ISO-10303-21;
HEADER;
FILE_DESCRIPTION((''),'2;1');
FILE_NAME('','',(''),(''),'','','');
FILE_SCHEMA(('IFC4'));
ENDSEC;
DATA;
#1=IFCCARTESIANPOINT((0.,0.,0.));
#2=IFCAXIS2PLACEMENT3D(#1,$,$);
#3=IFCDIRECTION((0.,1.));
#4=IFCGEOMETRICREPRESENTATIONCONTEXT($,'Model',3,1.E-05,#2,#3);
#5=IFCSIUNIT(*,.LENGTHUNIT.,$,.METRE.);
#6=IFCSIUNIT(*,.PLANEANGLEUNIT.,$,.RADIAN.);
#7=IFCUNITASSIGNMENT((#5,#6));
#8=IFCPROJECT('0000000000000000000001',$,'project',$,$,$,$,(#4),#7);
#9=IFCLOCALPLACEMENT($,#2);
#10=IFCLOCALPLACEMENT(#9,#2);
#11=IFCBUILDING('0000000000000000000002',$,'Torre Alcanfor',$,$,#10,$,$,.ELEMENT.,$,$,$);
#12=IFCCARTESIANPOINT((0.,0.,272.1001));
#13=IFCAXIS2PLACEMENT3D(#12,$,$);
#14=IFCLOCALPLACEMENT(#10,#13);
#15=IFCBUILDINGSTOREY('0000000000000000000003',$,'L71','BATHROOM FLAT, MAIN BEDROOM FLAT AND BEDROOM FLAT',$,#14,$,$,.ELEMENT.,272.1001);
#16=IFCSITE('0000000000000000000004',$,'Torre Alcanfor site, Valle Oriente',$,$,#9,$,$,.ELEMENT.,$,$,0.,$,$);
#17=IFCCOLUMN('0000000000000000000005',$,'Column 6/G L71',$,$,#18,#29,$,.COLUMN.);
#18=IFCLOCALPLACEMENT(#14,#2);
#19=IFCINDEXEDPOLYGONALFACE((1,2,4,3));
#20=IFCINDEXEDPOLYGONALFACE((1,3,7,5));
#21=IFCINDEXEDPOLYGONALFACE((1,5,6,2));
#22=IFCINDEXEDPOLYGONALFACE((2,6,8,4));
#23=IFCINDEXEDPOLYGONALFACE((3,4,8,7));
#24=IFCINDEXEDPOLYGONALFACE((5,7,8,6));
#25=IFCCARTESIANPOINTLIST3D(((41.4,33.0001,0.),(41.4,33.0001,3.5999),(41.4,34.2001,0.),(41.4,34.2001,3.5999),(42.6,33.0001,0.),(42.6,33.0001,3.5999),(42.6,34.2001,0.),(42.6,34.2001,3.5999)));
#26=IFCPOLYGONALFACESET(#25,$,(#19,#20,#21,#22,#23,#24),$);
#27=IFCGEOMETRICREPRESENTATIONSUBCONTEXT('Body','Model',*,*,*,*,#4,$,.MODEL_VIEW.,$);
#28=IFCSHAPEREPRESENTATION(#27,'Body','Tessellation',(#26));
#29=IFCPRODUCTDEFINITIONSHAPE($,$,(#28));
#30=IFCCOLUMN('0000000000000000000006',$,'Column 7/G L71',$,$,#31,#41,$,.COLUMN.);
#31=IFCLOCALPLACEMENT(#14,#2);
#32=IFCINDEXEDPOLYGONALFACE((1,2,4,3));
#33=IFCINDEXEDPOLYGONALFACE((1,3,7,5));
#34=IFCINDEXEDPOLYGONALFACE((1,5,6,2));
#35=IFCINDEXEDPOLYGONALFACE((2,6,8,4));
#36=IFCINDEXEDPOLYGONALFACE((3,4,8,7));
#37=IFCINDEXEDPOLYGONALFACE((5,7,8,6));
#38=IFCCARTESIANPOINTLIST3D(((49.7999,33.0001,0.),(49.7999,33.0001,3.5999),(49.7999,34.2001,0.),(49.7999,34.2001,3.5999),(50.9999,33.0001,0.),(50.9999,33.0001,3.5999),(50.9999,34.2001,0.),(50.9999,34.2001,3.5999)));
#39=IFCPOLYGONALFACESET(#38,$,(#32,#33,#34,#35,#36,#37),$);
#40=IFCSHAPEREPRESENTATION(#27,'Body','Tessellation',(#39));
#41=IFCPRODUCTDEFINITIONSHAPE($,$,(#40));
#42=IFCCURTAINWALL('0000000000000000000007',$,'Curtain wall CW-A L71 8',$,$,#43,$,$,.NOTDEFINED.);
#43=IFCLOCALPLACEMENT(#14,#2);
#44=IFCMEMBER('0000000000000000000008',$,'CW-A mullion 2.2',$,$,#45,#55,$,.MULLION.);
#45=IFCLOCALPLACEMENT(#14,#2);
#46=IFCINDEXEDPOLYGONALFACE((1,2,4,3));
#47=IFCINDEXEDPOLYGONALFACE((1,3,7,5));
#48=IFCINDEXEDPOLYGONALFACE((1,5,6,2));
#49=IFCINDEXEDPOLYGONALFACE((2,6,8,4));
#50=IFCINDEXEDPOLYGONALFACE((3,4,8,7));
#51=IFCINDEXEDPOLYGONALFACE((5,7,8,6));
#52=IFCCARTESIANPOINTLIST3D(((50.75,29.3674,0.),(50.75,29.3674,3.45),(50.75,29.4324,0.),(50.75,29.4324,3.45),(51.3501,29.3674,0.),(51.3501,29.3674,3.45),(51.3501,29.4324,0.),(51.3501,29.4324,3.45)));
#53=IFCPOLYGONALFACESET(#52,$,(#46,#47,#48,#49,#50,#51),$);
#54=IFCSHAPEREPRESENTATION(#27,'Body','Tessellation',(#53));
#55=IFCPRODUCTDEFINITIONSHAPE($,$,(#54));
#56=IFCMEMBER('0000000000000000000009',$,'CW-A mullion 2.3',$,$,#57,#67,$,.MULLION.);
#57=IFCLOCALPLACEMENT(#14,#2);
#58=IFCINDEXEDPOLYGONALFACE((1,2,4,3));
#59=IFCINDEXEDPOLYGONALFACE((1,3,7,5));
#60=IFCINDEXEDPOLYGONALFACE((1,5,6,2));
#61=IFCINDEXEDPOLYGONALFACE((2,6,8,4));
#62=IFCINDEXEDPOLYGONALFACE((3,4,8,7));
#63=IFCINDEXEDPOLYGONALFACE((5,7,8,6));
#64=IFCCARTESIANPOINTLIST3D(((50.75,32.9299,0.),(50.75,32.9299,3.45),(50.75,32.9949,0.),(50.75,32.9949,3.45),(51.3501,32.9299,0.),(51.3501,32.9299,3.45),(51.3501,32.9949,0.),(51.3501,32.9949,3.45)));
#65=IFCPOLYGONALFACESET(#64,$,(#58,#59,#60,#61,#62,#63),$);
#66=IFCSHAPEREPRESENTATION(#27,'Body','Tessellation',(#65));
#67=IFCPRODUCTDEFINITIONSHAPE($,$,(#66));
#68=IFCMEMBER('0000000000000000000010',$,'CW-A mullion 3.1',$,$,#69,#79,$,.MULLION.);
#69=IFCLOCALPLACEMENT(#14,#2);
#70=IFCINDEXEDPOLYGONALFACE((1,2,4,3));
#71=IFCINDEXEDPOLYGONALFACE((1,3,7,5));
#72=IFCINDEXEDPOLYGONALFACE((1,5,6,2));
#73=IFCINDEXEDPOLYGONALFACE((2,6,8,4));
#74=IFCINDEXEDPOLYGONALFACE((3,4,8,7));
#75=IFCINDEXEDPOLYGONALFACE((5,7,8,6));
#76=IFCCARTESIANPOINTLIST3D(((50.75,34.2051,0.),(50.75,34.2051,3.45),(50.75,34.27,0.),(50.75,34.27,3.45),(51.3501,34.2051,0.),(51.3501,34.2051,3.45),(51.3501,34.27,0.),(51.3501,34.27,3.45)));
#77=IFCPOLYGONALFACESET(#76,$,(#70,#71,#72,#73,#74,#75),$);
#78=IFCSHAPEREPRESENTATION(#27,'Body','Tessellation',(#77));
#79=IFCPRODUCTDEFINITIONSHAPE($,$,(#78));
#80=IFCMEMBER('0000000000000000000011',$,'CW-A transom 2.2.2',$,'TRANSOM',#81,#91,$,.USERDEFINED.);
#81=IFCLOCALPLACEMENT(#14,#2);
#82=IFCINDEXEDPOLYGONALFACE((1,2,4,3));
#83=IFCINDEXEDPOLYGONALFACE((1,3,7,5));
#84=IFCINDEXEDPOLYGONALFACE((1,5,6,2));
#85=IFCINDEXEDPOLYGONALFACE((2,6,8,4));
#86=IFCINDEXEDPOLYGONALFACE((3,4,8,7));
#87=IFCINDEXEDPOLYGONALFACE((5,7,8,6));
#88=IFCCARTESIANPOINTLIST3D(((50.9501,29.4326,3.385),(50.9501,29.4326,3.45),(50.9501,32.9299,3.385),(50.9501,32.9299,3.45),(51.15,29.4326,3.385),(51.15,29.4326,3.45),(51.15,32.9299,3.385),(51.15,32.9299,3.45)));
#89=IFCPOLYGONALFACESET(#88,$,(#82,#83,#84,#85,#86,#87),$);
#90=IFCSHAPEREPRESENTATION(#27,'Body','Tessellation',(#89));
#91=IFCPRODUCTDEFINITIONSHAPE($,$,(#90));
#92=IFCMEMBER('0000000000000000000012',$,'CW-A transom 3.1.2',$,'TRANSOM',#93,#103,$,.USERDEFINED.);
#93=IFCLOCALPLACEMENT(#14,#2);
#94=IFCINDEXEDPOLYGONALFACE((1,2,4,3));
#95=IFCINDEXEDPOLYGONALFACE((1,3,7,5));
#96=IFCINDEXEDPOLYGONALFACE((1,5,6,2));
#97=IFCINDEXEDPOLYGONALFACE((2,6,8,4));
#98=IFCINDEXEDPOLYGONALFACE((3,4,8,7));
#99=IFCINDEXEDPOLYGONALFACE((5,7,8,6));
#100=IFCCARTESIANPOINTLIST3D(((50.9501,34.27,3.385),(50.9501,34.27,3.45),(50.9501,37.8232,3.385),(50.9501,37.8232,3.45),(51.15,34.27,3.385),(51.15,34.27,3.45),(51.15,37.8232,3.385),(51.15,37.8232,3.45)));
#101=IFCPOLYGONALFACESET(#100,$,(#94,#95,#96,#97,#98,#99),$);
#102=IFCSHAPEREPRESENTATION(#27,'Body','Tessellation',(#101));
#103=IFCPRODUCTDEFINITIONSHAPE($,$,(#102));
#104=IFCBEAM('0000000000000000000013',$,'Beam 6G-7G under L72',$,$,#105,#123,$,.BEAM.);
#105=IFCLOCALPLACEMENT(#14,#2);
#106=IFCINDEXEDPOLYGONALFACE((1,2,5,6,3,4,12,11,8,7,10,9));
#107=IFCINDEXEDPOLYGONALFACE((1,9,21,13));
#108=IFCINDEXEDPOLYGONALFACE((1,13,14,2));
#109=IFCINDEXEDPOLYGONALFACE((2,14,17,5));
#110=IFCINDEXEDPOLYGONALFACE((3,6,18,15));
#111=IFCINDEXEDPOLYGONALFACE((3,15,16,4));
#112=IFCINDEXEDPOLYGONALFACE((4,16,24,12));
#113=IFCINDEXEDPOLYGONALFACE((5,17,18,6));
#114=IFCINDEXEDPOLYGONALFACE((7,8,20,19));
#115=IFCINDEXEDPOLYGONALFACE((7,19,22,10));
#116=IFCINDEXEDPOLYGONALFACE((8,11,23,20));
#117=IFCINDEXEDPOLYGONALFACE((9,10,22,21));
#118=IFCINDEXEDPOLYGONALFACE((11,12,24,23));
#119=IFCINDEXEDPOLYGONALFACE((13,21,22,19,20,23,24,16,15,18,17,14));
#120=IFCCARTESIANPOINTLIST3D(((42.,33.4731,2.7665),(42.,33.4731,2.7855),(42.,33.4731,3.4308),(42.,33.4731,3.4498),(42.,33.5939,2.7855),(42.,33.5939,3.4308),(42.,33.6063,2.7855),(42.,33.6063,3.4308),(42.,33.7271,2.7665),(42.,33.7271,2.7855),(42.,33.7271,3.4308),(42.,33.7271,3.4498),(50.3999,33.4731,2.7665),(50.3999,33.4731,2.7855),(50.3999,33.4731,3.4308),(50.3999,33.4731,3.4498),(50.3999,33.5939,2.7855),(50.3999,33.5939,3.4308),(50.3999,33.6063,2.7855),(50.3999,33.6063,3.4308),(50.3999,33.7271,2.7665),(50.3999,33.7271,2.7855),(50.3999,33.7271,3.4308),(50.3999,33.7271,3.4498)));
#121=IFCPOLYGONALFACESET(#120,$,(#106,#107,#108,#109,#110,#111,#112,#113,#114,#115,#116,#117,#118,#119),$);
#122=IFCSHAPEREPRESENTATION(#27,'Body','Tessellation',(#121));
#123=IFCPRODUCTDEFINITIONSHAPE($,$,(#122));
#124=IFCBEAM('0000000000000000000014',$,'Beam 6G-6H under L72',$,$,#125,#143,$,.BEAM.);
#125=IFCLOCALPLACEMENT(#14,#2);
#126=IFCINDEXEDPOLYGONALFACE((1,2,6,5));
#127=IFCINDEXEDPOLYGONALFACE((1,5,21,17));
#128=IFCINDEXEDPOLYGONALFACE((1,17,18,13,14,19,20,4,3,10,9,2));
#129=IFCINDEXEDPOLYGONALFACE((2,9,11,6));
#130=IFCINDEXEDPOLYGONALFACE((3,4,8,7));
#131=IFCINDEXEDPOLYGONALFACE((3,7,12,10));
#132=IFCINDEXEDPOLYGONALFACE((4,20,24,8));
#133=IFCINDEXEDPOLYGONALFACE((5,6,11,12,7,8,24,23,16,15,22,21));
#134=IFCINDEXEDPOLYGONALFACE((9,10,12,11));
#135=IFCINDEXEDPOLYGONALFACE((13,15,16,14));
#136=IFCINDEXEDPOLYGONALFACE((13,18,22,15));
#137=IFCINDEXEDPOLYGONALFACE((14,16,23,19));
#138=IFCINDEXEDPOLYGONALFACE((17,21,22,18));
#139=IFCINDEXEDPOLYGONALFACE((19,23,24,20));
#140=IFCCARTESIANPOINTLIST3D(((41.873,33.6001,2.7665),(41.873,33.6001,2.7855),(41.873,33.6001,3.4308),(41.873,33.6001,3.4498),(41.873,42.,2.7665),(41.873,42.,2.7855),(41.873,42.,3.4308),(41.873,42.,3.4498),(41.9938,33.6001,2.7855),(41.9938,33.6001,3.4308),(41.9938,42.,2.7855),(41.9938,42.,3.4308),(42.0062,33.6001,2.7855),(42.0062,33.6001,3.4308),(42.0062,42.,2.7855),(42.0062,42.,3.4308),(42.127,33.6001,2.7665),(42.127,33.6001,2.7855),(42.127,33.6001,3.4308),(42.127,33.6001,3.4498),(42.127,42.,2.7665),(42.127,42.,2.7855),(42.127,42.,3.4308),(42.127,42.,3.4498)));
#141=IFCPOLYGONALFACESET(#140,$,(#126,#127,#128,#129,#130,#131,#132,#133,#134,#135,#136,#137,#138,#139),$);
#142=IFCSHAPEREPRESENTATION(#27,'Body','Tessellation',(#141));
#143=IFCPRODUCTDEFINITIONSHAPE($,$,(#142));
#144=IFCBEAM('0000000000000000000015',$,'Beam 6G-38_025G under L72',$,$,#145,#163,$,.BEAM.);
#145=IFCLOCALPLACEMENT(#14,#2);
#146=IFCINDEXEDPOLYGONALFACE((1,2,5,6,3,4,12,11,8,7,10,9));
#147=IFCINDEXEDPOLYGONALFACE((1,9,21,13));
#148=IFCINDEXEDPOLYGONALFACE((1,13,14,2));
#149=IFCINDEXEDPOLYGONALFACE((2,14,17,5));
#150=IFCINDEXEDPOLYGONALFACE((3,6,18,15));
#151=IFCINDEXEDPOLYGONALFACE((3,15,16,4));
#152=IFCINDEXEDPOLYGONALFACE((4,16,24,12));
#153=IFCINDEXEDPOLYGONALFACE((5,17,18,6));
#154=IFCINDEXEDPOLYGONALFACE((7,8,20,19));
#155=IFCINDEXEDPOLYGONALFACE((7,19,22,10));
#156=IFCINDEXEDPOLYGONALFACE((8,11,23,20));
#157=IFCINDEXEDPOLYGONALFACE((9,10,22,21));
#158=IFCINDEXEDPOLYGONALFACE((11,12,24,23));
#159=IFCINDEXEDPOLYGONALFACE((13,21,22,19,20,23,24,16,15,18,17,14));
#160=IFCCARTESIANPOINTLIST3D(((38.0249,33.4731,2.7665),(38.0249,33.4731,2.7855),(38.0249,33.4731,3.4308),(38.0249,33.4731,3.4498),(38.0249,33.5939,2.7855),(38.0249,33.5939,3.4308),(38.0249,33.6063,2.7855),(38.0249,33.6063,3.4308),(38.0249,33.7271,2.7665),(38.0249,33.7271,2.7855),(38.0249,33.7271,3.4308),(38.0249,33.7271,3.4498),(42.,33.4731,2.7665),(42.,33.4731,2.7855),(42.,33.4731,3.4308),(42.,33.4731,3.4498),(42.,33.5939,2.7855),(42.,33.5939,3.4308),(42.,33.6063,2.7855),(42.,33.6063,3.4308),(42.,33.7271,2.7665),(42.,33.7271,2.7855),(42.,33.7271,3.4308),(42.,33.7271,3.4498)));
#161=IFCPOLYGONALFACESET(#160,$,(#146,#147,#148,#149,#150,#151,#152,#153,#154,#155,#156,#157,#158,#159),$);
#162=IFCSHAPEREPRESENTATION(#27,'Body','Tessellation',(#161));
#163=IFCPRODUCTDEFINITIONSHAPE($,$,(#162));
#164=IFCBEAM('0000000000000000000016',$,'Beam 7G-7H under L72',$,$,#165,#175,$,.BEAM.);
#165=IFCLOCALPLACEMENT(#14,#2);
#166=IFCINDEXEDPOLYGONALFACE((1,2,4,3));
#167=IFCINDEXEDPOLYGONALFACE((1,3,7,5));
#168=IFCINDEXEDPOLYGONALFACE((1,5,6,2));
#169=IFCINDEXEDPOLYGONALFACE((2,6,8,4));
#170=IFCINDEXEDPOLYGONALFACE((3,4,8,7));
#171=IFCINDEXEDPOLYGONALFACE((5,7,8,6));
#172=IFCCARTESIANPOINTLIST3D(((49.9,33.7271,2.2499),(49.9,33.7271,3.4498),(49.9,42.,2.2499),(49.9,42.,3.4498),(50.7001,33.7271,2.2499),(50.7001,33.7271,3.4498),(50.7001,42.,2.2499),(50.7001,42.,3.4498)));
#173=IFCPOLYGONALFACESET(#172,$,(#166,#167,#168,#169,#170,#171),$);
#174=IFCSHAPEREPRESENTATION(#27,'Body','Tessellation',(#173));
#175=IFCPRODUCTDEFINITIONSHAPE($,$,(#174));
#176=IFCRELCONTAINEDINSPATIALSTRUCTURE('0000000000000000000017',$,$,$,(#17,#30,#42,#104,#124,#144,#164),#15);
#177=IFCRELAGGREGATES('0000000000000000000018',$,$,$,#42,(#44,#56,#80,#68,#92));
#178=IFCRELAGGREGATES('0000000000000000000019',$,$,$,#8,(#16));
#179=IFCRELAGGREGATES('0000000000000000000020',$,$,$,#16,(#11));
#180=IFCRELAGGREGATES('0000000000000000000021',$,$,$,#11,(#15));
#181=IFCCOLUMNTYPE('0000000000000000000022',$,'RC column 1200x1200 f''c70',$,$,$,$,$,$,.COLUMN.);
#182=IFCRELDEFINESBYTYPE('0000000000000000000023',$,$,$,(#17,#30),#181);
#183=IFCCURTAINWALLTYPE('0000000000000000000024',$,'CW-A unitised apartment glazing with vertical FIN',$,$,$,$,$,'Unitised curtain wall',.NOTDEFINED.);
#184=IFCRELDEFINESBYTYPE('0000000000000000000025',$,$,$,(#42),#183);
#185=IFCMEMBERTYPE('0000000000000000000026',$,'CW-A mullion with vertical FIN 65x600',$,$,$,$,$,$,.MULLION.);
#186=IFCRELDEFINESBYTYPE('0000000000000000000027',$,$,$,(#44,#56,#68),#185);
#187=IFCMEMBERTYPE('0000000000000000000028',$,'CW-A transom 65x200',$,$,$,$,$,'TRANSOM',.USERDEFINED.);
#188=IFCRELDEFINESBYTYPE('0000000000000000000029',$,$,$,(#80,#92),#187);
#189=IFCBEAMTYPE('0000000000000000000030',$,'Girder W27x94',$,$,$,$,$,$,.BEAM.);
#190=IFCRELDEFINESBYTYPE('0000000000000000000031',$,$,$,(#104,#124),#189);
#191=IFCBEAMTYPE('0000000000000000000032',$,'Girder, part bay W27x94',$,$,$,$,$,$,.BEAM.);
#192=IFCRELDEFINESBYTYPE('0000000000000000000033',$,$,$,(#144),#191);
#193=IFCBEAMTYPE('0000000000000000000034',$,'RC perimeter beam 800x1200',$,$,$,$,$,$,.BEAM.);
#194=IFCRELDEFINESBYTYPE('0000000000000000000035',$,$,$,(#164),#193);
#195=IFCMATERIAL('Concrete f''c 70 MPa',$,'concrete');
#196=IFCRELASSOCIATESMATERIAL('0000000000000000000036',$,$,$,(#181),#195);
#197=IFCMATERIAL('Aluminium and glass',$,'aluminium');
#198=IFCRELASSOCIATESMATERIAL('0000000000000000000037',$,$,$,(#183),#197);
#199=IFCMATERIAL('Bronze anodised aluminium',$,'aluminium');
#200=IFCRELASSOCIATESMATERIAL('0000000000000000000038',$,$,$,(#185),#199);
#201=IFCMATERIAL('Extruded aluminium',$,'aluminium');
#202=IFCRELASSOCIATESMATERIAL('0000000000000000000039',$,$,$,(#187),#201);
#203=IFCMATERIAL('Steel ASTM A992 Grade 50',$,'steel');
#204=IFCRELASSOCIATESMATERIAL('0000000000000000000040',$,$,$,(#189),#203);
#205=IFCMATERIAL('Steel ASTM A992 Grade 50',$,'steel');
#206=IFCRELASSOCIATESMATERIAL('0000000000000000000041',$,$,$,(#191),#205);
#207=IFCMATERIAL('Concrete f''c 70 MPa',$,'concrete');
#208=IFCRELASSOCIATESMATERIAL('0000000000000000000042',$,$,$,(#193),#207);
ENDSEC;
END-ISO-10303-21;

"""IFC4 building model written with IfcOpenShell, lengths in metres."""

from ifc_helpers import new_model, si_unit, direction, frame, origin, origin_2d, place, context, subcontext, project, spatial, rectangle, i_section, extrude, material, material_profile, profile_set, type_object, element, aggregate, save


model = new_model("IFC4")

# Units and contexts
model_context = context("Model", 3, precision=1e-05, world=origin(), true_north=direction((0.0, 1.0)))
body_context = subcontext(model_context, "Body", "Model", "MODEL_VIEW")
ifc_project = project(units=[si_unit("LENGTHUNIT", "METRE"), si_unit("PLANEANGLEUNIT", "RADIAN")], contexts=[model_context])

# Site, building, storey
site_placement = place(None, origin())
site = spatial("IfcSite", under=ifc_project, at=site_placement, Name="Torre Alcanfor site, Valle Oriente", CompositionType="ELEMENT", RefElevation=0.0)
building_placement = place(site_placement, origin())
building = spatial("IfcBuilding", under=site, at=building_placement, Name="Torre Alcanfor", CompositionType="ELEMENT")
storey_placement = place(building_placement, frame((0.0, 0.0, 272.1001)))
storey = spatial("IfcBuildingStorey", under=building, at=storey_placement, Name="L71", Description="BATHROOM FLAT, MAIN BEDROOM FLAT AND BEDROOM FLAT", CompositionType="ELEMENT", Elevation=272.1001)

# Columns
ifc_material_1 = material(Name="Concrete f'c 70 MPa", Category="concrete")
ifc_material_profile_1 = material_profile(ifc_material_1, rectangle(XDim=1.2, YDim=1.2, at=origin_2d()), Name="1200x1200")
ifc_profile_set_1 = profile_set([ifc_material_profile_1], Name="Concrete f'c 70 MPa")
column_type = type_object("IfcColumnType", Name="RC column 1200x1200 f'c70", PredefinedType="COLUMN", material=ifc_profile_set_1)
for number, where, z_axis, x_axis, name in (
    (1, (42.0, 33.6001, 0.0), (0.0, 0.0, 1.0), (1.0, 0.0, 0.0), "Column 6/G L71"),
    (2, (50.3999, 33.6001, 0.0), (0.0, 0.0, 1.0), (1.0, 0.0, 0.0), "Column 7/G L71"),
):
    element("IfcColumn", number, at=place(storey_placement, frame(where, z_axis=z_axis, x_axis=x_axis)), inside=storey, type_object=column_type, Name=name, PredefinedType="COLUMN", context=body_context, shape_type="SweptSolid", body=[
        extrude(rectangle(XDim=1.2, YDim=1.2, at=origin_2d()), origin(), (0.0, 0.0, 1.0), 3.5999),
    ])

# Curtain wall, members
ifc_material_2 = material(Name="Aluminium and glass", Category="aluminium")
curtain_wall_type = type_object("IfcCurtainWallType", Name="CW-A unitised apartment glazing with vertical FIN", ElementType="Unitised curtain wall", PredefinedType="NOTDEFINED", material=ifc_material_2)
curtain_wall_placement = place(storey_placement, origin())
curtain_wall = element("IfcCurtainWall", 3, at=curtain_wall_placement, inside=storey, type_object=curtain_wall_type, Name="Curtain wall CW-A L71 8", PredefinedType="NOTDEFINED")
ifc_material_3 = material(Name="Bronze anodised aluminium", Category="aluminium")
ifc_material_profile_2 = material_profile(ifc_material_3, rectangle(XDim=0.6001, YDim=0.0649, at=origin_2d()), Name="CW-A mullion 65x600")
ifc_profile_set_2 = profile_set([ifc_material_profile_2], Name="Bronze anodised aluminium")
member_type_1 = type_object("IfcMemberType", Name="CW-A mullion with vertical FIN 65x600", PredefinedType="MULLION", material=ifc_profile_set_2)
member_1_placement = place(storey_placement, frame((51.05, 29.3999, 0.0), z_axis=(0.0, 0.0, 1.0), x_axis=(-1.0, 0.0, 0.0)))
member_1 = element("IfcMember", 4, at=member_1_placement, type_object=member_type_1, Name="CW-A mullion 2.2", PredefinedType="MULLION", context=body_context, shape_type="SweptSolid", body=[
    extrude(rectangle(XDim=0.6001, YDim=0.0649, at=origin_2d()), origin(), (0.0, 0.0, 1.0), 3.45),
])
member_2_placement = place(storey_placement, frame((51.05, 32.9624, 0.0), z_axis=(0.0, 0.0, 1.0), x_axis=(-1.0, 0.0, 0.0)))
member_2 = element("IfcMember", 5, at=member_2_placement, type_object=member_type_1, Name="CW-A mullion 2.3", PredefinedType="MULLION", context=body_context, shape_type="SweptSolid", body=[
    extrude(rectangle(XDim=0.6001, YDim=0.0649, at=origin_2d()), origin(), (0.0, 0.0, 1.0), 3.45),
])
member_3_placement = place(storey_placement, frame((51.05, 34.2375, 0.0), z_axis=(0.0, 0.0, 1.0), x_axis=(-1.0, 0.0, 0.0)))
member_3 = element("IfcMember", 6, at=member_3_placement, type_object=member_type_1, Name="CW-A mullion 3.1", PredefinedType="MULLION", context=body_context, shape_type="SweptSolid", body=[
    extrude(rectangle(XDim=0.6001, YDim=0.0649, at=origin_2d()), origin(), (0.0, 0.0, 1.0), 3.45),
])
ifc_material_4 = material(Name="Extruded aluminium", Category="aluminium")
ifc_material_profile_3 = material_profile(ifc_material_4, rectangle(XDim=0.2, YDim=0.0649, at=origin_2d()), Name="CW-A transom 200x65")
ifc_profile_set_3 = profile_set([ifc_material_profile_3], Name="Extruded aluminium")
member_type_2 = type_object("IfcMemberType", Name="CW-A transom 65x200", ElementType="TRANSOM", PredefinedType="USERDEFINED", material=ifc_profile_set_3)
member_4_placement = place(storey_placement, frame((51.05, 29.4326, 3.4175), z_axis=(0.0, 1.0, 0.0), x_axis=(-1.0, 0.0, 0.0)))
member_4 = element("IfcMember", 7, at=member_4_placement, type_object=member_type_2, Name="CW-A transom 2.2.2", ObjectType="TRANSOM", PredefinedType="USERDEFINED", context=body_context, shape_type="SweptSolid", body=[
    extrude(rectangle(XDim=0.2, YDim=0.0649, at=origin_2d()), origin(), (0.0, 0.0, 1.0), 3.4973),
])
member_5_placement = place(storey_placement, frame((51.05, 34.27, 3.4175), z_axis=(0.0, 1.0, 0.0), x_axis=(-1.0, 0.0, 0.0)))
member_5 = element("IfcMember", 8, at=member_5_placement, type_object=member_type_2, Name="CW-A transom 3.1.2", ObjectType="TRANSOM", PredefinedType="USERDEFINED", context=body_context, shape_type="SweptSolid", body=[
    extrude(rectangle(XDim=0.2, YDim=0.0649, at=origin_2d()), origin(), (0.0, 0.0, 1.0), 3.5532),
])

# Beams
ifc_material_5 = material(Name="Steel ASTM A992 Grade 50", Category="steel")
ifc_material_profile_4 = material_profile(ifc_material_5, i_section(OverallWidth=0.2539, OverallDepth=0.6833, WebThickness=0.0125, FlangeThickness=0.019, at=origin_2d()), Name="W27x94")
ifc_profile_set_4 = profile_set([ifc_material_profile_4], Name="Steel ASTM A992 Grade 50")
beam_type_1 = type_object("IfcBeamType", Name="Girder W27x94", PredefinedType="BEAM", material=ifc_profile_set_4)
for number, where, z_axis, x_axis, name in (
    (9, (42.0, 33.6001, 3.1082), (1.0, 0.0, 0.0), (0.0, 1.0, 0.0), "Beam 6G-7G under L72"),
    (10, (42.0, 33.6001, 3.1082), (0.0, 1.0, 0.0), (-1.0, 0.0, 0.0), "Beam 6G-6H under L72"),
):
    element("IfcBeam", number, at=place(storey_placement, frame(where, z_axis=z_axis, x_axis=x_axis)), inside=storey, type_object=beam_type_1, Name=name, PredefinedType="BEAM", context=body_context, shape_type="SweptSolid", body=[
        extrude(i_section(OverallWidth=0.2539, OverallDepth=0.6833, WebThickness=0.0125, FlangeThickness=0.019, at=origin_2d()), origin(), (0.0, 0.0, 1.0), 8.3999),
    ])
ifc_material_6 = material(Name="Steel ASTM A992 Grade 50", Category="steel")
ifc_material_profile_5 = material_profile(ifc_material_6, i_section(OverallWidth=0.2539, OverallDepth=0.6833, WebThickness=0.0125, FlangeThickness=0.019, at=origin_2d()), Name="W27x94")
ifc_profile_set_5 = profile_set([ifc_material_profile_5], Name="Steel ASTM A992 Grade 50")
beam_type_2 = type_object("IfcBeamType", Name="Girder, part bay W27x94", PredefinedType="BEAM", material=ifc_profile_set_5)
beam_1_placement = place(storey_placement, frame((42.0, 33.6001, 3.1082), z_axis=(-1.0, 0.0, 0.0), x_axis=(0.0, -1.0, 0.0)))
element("IfcBeam", 11, at=beam_1_placement, inside=storey, type_object=beam_type_2, Name="Beam 6G-38_025G under L72", PredefinedType="BEAM", context=body_context, shape_type="SweptSolid", body=[
    extrude(i_section(OverallWidth=0.2539, OverallDepth=0.6833, WebThickness=0.0125, FlangeThickness=0.019, at=origin_2d()), origin(), (0.0, 0.0, 1.0), 3.9751),
])
ifc_material_7 = material(Name="Concrete f'c 70 MPa", Category="concrete")
ifc_material_profile_6 = material_profile(ifc_material_7, rectangle(XDim=0.8, YDim=1.2, at=origin_2d()), Name="800x1200")
ifc_profile_set_6 = profile_set([ifc_material_profile_6], Name="Concrete f'c 70 MPa")
beam_type_3 = type_object("IfcBeamType", Name="RC perimeter beam 800x1200", PredefinedType="BEAM", material=ifc_profile_set_6)
beam_2_placement = place(storey_placement, frame((50.3, 33.7271, 2.8499), z_axis=(0.0, 1.0, 0.0), x_axis=(-1.0, 0.0, 0.0)))
element("IfcBeam", 12, at=beam_2_placement, inside=storey, type_object=beam_type_3, Name="Beam 7G-7H under L72", PredefinedType="BEAM", context=body_context, shape_type="SweptSolid", body=[
    extrude(rectangle(XDim=0.8, YDim=1.2, at=origin_2d()), origin(), (0.0, 0.0, 1.0), 8.2729),
])

aggregate(curtain_wall, [member_1, member_2, member_4, member_3, member_5])

save(model, "model.ifc")
